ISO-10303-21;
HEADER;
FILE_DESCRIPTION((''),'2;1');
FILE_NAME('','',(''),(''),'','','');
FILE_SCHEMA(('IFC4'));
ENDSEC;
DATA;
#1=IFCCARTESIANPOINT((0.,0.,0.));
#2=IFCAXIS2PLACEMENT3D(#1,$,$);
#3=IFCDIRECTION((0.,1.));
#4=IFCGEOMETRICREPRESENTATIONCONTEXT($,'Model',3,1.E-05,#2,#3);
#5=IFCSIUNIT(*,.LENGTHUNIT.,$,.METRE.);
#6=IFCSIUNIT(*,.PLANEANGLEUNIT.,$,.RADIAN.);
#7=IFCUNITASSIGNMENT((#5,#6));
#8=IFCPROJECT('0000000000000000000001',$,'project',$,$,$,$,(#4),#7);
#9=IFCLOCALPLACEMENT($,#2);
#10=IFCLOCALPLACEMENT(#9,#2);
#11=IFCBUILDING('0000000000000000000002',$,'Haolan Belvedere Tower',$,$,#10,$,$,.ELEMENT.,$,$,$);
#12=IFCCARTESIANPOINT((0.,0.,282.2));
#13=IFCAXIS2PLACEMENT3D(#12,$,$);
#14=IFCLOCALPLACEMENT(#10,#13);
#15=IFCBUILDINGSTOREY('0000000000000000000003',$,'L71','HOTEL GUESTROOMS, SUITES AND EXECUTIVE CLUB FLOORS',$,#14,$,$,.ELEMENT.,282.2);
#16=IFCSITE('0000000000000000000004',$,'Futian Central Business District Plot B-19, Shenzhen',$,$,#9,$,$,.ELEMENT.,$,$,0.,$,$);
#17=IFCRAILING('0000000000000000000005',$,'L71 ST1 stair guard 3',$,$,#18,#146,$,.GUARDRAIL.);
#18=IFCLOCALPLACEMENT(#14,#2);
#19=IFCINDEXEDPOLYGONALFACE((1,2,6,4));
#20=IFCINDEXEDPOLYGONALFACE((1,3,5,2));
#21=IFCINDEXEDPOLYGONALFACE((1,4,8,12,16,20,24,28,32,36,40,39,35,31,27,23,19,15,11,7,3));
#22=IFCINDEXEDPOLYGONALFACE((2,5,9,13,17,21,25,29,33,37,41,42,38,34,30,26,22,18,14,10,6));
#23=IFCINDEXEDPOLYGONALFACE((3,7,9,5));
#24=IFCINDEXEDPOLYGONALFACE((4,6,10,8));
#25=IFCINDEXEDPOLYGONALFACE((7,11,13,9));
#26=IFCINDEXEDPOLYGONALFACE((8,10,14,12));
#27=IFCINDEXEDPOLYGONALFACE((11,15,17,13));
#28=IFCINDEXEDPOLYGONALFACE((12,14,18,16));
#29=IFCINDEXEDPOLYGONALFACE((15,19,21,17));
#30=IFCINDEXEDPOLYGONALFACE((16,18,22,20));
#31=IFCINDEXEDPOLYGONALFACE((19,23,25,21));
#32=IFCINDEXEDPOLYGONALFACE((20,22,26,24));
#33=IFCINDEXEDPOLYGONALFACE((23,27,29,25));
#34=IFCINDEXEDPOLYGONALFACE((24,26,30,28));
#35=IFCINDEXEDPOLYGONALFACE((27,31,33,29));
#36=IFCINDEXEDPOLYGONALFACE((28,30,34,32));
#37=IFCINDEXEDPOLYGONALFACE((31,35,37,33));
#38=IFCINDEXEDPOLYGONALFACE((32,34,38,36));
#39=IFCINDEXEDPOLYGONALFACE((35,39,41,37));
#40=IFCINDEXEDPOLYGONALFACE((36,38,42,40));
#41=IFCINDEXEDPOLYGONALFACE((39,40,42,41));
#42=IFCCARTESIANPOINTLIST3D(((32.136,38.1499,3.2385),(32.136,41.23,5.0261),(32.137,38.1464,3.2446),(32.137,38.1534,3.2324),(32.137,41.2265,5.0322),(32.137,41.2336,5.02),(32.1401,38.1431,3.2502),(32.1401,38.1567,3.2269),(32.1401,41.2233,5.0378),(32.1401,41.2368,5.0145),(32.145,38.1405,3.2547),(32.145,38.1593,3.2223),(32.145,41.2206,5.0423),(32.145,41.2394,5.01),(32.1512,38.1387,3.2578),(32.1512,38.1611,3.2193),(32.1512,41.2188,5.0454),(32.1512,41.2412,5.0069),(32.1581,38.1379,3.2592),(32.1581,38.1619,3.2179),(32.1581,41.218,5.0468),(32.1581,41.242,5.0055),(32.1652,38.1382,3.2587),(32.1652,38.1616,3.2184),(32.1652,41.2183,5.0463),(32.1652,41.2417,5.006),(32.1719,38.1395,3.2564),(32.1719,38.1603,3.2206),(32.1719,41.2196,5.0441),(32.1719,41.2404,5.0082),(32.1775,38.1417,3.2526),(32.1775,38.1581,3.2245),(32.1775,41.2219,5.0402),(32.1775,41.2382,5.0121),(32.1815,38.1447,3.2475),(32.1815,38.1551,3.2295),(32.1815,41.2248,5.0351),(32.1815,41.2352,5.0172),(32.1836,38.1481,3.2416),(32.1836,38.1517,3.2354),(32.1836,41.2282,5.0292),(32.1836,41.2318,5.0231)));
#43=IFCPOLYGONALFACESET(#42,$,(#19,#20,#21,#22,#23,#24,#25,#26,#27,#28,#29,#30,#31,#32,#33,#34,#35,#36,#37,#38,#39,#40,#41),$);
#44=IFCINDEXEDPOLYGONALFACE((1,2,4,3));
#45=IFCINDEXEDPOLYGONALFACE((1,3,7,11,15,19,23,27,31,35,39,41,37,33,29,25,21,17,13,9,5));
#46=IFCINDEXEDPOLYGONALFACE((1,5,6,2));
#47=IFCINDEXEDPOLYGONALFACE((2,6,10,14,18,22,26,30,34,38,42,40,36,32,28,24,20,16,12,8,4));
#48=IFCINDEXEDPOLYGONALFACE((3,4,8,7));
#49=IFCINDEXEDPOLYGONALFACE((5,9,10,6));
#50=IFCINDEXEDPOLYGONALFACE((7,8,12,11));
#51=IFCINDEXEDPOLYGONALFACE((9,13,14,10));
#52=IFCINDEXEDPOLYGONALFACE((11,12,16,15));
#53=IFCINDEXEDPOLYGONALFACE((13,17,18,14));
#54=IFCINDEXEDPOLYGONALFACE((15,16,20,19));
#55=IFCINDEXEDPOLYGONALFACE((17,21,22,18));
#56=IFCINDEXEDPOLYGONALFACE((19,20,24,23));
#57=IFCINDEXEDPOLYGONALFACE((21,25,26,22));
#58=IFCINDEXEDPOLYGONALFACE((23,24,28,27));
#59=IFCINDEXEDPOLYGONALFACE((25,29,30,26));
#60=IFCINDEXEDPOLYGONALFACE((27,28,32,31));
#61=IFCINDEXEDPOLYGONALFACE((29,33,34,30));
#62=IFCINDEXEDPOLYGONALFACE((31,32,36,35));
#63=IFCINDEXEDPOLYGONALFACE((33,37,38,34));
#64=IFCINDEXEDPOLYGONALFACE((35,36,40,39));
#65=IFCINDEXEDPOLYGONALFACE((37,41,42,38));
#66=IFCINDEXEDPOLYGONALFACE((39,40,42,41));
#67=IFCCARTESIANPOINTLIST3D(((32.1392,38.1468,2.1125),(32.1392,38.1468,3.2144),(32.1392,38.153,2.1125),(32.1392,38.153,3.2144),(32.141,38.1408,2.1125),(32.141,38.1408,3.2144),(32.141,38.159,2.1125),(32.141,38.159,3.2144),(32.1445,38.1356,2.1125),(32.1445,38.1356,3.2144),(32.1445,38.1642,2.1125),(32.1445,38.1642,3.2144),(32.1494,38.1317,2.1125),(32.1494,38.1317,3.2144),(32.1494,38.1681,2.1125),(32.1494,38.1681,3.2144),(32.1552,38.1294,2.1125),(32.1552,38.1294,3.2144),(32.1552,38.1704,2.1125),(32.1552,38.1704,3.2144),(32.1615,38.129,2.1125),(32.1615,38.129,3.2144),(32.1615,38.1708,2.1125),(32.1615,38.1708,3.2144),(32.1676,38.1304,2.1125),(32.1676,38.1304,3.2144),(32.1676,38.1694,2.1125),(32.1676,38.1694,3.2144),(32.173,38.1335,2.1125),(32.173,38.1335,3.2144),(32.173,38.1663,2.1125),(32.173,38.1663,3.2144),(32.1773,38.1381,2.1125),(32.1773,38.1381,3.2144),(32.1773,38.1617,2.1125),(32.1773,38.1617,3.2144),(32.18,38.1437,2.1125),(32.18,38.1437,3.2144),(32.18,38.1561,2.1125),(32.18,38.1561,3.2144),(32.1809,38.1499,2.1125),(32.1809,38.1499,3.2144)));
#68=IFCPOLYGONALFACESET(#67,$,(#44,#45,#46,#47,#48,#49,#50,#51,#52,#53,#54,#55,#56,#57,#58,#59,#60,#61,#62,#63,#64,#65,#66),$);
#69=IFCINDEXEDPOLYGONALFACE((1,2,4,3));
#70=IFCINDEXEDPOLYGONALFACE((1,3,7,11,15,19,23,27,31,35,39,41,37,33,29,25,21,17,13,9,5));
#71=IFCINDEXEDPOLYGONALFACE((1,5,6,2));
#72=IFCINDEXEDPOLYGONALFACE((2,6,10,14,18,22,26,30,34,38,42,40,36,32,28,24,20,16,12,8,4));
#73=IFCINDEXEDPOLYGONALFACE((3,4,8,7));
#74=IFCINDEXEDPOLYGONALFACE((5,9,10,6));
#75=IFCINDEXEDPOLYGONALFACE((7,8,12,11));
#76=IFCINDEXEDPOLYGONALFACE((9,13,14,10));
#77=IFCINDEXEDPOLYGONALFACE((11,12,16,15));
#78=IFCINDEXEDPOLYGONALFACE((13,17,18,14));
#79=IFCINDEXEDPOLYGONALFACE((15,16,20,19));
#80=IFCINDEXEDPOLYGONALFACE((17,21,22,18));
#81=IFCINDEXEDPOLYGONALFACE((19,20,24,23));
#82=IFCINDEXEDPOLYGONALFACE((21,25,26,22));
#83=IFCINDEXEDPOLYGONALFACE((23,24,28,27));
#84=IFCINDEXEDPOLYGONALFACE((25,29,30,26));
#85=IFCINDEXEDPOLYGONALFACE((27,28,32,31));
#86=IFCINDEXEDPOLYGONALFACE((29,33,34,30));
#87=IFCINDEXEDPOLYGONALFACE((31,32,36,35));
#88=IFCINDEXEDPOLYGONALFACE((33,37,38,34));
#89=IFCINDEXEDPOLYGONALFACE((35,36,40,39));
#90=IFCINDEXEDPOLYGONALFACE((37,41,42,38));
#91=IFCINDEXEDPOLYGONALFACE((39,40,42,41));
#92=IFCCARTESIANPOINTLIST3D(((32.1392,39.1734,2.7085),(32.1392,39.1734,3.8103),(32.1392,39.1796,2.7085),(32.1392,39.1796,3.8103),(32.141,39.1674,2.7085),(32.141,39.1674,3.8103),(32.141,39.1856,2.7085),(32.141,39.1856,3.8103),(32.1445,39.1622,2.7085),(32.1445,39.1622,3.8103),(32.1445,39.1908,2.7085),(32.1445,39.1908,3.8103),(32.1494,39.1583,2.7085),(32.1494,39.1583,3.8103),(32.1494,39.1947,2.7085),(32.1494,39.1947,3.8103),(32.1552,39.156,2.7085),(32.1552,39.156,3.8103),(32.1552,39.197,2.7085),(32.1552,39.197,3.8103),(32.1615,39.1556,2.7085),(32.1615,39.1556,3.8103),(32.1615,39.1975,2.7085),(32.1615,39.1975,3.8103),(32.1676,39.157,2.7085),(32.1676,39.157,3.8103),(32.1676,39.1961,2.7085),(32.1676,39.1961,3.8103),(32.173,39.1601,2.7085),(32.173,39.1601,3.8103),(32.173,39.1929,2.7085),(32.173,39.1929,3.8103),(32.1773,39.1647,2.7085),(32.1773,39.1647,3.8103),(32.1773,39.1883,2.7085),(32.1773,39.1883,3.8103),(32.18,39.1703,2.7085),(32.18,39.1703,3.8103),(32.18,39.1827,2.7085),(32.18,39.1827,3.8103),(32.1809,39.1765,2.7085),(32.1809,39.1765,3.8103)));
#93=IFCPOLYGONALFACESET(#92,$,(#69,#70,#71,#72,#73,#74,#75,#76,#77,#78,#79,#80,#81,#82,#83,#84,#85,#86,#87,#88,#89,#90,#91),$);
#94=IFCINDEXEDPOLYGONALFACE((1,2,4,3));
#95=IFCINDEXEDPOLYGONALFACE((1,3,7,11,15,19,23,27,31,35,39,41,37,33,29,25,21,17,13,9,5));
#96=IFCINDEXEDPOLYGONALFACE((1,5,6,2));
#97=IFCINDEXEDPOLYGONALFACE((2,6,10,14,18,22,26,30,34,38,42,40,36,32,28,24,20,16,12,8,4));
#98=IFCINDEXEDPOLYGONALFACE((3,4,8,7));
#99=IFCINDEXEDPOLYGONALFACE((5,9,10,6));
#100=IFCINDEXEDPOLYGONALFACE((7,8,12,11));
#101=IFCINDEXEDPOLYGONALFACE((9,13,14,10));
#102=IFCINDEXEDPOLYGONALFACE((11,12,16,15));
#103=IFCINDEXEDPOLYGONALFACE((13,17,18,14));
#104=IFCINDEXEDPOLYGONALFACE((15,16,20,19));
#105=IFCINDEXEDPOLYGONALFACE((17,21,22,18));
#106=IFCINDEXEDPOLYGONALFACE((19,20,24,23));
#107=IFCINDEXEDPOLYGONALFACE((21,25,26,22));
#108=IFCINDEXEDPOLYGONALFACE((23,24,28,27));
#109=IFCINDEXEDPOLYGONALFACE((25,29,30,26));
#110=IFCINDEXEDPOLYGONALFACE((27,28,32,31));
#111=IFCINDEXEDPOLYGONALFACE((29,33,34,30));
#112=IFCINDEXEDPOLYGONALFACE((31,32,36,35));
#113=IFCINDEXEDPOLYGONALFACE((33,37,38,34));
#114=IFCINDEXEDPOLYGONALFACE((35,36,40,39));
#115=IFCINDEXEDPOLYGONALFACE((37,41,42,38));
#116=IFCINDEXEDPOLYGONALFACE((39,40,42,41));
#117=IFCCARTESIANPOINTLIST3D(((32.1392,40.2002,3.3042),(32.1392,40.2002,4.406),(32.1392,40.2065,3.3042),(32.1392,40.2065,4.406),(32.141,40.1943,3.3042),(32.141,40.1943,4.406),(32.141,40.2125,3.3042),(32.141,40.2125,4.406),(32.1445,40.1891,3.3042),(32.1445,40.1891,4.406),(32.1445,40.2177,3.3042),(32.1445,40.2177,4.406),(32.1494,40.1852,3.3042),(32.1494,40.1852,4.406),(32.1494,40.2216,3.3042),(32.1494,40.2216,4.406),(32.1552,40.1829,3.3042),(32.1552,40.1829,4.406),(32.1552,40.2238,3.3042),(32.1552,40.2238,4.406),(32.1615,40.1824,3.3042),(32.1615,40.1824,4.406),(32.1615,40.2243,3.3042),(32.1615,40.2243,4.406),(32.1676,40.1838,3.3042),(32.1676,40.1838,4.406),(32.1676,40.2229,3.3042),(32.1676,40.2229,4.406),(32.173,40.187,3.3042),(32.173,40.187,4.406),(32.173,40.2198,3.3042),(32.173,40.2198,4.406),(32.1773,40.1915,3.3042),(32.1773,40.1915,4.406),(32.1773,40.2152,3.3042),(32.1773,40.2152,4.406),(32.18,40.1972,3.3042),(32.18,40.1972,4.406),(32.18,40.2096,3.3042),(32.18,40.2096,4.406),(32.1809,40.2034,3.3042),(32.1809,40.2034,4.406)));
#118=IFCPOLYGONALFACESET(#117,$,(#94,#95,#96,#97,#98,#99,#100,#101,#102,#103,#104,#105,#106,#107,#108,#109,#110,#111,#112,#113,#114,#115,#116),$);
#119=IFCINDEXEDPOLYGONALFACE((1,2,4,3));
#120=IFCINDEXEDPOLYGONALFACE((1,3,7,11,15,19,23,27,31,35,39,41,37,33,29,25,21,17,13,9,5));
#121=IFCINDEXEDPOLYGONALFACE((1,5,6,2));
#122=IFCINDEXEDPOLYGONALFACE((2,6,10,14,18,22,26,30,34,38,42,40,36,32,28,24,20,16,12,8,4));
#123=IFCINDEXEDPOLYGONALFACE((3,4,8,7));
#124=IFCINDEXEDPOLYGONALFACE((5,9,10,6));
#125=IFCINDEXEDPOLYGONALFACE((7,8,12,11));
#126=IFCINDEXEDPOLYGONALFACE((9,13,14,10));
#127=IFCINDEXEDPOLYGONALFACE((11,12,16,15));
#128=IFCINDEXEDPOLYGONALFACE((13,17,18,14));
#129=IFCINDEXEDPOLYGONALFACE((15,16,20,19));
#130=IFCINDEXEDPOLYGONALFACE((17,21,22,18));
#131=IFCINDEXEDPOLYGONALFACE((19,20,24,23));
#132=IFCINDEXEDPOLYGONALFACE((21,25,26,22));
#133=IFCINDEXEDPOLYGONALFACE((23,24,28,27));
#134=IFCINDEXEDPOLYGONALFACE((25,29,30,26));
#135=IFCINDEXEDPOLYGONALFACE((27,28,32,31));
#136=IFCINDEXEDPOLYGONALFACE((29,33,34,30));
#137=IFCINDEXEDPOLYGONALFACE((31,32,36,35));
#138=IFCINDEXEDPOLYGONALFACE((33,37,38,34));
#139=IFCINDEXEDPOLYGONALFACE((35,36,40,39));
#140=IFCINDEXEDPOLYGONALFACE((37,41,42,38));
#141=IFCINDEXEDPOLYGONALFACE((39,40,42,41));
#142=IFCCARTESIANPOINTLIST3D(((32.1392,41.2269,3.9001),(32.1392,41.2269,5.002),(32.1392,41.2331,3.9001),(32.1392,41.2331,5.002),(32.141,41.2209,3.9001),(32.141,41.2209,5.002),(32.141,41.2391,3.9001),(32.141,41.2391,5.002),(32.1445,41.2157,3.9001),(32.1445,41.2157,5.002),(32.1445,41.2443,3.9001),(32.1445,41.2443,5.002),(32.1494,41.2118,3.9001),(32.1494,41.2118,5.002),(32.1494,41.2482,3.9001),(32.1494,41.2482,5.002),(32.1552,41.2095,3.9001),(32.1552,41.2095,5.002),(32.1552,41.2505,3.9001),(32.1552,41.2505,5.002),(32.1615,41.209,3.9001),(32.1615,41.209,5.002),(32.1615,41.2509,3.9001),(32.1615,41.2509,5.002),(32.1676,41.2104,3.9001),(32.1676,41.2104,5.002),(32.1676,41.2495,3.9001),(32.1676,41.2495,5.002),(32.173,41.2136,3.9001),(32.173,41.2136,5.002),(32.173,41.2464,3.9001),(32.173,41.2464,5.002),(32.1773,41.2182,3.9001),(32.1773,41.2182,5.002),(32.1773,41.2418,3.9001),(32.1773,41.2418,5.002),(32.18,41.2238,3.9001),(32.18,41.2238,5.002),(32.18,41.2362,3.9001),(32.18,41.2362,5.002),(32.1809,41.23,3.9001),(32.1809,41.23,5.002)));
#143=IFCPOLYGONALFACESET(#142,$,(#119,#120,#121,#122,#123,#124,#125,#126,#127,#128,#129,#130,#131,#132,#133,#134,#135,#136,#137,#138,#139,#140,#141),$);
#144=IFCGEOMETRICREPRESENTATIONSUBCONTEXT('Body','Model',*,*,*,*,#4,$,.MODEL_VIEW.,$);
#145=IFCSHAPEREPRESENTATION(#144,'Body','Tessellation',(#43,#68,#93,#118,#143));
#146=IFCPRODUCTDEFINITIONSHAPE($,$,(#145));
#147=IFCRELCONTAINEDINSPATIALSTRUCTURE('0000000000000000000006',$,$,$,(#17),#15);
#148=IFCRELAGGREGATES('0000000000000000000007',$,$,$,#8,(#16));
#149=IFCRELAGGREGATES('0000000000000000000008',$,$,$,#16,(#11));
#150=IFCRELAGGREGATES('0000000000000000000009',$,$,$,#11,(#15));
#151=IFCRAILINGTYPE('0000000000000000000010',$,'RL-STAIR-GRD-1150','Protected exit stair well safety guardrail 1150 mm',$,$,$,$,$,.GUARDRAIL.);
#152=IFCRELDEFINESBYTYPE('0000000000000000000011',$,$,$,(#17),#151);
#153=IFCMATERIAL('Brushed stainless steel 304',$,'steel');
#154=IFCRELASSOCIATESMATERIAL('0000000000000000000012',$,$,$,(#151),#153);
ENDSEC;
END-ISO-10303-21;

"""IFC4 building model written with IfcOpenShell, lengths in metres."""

from ifc_helpers import new_model, si_unit, direction, frame, origin, origin_2d, place, context, subcontext, project, spatial, circle, extrude, material, type_object, element, save


model = new_model("IFC4")

# Units and contexts
model_context = context("Model", 3, precision=1e-05, world=origin(), true_north=direction((0.0, 1.0)))
body_context = subcontext(model_context, "Body", "Model", "MODEL_VIEW")
ifc_project = project(units=[si_unit("LENGTHUNIT", "METRE"), si_unit("PLANEANGLEUNIT", "RADIAN")], contexts=[model_context])

# Site, building, storey
site_placement = place(None, origin())
site = spatial("IfcSite", under=ifc_project, at=site_placement, Name="Futian Central Business District Plot B-19, Shenzhen", CompositionType="ELEMENT", RefElevation=0.0)
building_placement = place(site_placement, origin())
building = spatial("IfcBuilding", under=site, at=building_placement, Name="Haolan Belvedere Tower", CompositionType="ELEMENT")
storey_placement = place(building_placement, frame((0.0, 0.0, 282.2)))
storey = spatial("IfcBuildingStorey", under=building, at=storey_placement, Name="L71", Description="HOTEL GUESTROOMS, SUITES AND EXECUTIVE CLUB FLOORS", CompositionType="ELEMENT", Elevation=282.2)

# Railing
ifc_material_1 = material(Name="Brushed stainless steel 304", Category="steel")
railing_type_1 = type_object("IfcRailingType", Name="RL-STAIR-GRD-1150", Description="Protected exit stair well safety guardrail 1150 mm", PredefinedType="GUARDRAIL", material=ifc_material_1)
railing_1_placement = place(storey_placement, frame((32.1599, 38.1499, 2.1125)))
element("IfcRailing", 1, at=railing_1_placement, inside=storey, type_object=railing_type_1, Name="L71 ST1 stair guard 3", PredefinedType="GUARDRAIL", context=body_context, shape_type="SweptSolid", body=[
    extrude(circle(Radius=0.0239, at=origin_2d()), frame((0.0, 0.0, 1.126), z_axis=(0.0, 0.864891, 0.50196), x_axis=(-1.0, 0.0, 0.0)), (0.0, 0.0, 1.0), 3.5613),
    extrude(circle(Radius=0.021, at=origin_2d()), origin(), (0.0, 0.0, 1.0), 1.1018),
    extrude(circle(Radius=0.021, at=origin_2d()), frame((0.0, 1.0266, 0.5959)), (0.0, 0.0, 1.0), 1.1018),
    extrude(circle(Radius=0.021, at=origin_2d()), frame((0.0, 2.0535, 1.1917)), (0.0, 0.0, 1.0), 1.1018),
    extrude(circle(Radius=0.021, at=origin_2d()), frame((0.0, 3.0801, 1.7876)), (0.0, 0.0, 1.0), 1.1018),
])

save(model, "model.ifc")
